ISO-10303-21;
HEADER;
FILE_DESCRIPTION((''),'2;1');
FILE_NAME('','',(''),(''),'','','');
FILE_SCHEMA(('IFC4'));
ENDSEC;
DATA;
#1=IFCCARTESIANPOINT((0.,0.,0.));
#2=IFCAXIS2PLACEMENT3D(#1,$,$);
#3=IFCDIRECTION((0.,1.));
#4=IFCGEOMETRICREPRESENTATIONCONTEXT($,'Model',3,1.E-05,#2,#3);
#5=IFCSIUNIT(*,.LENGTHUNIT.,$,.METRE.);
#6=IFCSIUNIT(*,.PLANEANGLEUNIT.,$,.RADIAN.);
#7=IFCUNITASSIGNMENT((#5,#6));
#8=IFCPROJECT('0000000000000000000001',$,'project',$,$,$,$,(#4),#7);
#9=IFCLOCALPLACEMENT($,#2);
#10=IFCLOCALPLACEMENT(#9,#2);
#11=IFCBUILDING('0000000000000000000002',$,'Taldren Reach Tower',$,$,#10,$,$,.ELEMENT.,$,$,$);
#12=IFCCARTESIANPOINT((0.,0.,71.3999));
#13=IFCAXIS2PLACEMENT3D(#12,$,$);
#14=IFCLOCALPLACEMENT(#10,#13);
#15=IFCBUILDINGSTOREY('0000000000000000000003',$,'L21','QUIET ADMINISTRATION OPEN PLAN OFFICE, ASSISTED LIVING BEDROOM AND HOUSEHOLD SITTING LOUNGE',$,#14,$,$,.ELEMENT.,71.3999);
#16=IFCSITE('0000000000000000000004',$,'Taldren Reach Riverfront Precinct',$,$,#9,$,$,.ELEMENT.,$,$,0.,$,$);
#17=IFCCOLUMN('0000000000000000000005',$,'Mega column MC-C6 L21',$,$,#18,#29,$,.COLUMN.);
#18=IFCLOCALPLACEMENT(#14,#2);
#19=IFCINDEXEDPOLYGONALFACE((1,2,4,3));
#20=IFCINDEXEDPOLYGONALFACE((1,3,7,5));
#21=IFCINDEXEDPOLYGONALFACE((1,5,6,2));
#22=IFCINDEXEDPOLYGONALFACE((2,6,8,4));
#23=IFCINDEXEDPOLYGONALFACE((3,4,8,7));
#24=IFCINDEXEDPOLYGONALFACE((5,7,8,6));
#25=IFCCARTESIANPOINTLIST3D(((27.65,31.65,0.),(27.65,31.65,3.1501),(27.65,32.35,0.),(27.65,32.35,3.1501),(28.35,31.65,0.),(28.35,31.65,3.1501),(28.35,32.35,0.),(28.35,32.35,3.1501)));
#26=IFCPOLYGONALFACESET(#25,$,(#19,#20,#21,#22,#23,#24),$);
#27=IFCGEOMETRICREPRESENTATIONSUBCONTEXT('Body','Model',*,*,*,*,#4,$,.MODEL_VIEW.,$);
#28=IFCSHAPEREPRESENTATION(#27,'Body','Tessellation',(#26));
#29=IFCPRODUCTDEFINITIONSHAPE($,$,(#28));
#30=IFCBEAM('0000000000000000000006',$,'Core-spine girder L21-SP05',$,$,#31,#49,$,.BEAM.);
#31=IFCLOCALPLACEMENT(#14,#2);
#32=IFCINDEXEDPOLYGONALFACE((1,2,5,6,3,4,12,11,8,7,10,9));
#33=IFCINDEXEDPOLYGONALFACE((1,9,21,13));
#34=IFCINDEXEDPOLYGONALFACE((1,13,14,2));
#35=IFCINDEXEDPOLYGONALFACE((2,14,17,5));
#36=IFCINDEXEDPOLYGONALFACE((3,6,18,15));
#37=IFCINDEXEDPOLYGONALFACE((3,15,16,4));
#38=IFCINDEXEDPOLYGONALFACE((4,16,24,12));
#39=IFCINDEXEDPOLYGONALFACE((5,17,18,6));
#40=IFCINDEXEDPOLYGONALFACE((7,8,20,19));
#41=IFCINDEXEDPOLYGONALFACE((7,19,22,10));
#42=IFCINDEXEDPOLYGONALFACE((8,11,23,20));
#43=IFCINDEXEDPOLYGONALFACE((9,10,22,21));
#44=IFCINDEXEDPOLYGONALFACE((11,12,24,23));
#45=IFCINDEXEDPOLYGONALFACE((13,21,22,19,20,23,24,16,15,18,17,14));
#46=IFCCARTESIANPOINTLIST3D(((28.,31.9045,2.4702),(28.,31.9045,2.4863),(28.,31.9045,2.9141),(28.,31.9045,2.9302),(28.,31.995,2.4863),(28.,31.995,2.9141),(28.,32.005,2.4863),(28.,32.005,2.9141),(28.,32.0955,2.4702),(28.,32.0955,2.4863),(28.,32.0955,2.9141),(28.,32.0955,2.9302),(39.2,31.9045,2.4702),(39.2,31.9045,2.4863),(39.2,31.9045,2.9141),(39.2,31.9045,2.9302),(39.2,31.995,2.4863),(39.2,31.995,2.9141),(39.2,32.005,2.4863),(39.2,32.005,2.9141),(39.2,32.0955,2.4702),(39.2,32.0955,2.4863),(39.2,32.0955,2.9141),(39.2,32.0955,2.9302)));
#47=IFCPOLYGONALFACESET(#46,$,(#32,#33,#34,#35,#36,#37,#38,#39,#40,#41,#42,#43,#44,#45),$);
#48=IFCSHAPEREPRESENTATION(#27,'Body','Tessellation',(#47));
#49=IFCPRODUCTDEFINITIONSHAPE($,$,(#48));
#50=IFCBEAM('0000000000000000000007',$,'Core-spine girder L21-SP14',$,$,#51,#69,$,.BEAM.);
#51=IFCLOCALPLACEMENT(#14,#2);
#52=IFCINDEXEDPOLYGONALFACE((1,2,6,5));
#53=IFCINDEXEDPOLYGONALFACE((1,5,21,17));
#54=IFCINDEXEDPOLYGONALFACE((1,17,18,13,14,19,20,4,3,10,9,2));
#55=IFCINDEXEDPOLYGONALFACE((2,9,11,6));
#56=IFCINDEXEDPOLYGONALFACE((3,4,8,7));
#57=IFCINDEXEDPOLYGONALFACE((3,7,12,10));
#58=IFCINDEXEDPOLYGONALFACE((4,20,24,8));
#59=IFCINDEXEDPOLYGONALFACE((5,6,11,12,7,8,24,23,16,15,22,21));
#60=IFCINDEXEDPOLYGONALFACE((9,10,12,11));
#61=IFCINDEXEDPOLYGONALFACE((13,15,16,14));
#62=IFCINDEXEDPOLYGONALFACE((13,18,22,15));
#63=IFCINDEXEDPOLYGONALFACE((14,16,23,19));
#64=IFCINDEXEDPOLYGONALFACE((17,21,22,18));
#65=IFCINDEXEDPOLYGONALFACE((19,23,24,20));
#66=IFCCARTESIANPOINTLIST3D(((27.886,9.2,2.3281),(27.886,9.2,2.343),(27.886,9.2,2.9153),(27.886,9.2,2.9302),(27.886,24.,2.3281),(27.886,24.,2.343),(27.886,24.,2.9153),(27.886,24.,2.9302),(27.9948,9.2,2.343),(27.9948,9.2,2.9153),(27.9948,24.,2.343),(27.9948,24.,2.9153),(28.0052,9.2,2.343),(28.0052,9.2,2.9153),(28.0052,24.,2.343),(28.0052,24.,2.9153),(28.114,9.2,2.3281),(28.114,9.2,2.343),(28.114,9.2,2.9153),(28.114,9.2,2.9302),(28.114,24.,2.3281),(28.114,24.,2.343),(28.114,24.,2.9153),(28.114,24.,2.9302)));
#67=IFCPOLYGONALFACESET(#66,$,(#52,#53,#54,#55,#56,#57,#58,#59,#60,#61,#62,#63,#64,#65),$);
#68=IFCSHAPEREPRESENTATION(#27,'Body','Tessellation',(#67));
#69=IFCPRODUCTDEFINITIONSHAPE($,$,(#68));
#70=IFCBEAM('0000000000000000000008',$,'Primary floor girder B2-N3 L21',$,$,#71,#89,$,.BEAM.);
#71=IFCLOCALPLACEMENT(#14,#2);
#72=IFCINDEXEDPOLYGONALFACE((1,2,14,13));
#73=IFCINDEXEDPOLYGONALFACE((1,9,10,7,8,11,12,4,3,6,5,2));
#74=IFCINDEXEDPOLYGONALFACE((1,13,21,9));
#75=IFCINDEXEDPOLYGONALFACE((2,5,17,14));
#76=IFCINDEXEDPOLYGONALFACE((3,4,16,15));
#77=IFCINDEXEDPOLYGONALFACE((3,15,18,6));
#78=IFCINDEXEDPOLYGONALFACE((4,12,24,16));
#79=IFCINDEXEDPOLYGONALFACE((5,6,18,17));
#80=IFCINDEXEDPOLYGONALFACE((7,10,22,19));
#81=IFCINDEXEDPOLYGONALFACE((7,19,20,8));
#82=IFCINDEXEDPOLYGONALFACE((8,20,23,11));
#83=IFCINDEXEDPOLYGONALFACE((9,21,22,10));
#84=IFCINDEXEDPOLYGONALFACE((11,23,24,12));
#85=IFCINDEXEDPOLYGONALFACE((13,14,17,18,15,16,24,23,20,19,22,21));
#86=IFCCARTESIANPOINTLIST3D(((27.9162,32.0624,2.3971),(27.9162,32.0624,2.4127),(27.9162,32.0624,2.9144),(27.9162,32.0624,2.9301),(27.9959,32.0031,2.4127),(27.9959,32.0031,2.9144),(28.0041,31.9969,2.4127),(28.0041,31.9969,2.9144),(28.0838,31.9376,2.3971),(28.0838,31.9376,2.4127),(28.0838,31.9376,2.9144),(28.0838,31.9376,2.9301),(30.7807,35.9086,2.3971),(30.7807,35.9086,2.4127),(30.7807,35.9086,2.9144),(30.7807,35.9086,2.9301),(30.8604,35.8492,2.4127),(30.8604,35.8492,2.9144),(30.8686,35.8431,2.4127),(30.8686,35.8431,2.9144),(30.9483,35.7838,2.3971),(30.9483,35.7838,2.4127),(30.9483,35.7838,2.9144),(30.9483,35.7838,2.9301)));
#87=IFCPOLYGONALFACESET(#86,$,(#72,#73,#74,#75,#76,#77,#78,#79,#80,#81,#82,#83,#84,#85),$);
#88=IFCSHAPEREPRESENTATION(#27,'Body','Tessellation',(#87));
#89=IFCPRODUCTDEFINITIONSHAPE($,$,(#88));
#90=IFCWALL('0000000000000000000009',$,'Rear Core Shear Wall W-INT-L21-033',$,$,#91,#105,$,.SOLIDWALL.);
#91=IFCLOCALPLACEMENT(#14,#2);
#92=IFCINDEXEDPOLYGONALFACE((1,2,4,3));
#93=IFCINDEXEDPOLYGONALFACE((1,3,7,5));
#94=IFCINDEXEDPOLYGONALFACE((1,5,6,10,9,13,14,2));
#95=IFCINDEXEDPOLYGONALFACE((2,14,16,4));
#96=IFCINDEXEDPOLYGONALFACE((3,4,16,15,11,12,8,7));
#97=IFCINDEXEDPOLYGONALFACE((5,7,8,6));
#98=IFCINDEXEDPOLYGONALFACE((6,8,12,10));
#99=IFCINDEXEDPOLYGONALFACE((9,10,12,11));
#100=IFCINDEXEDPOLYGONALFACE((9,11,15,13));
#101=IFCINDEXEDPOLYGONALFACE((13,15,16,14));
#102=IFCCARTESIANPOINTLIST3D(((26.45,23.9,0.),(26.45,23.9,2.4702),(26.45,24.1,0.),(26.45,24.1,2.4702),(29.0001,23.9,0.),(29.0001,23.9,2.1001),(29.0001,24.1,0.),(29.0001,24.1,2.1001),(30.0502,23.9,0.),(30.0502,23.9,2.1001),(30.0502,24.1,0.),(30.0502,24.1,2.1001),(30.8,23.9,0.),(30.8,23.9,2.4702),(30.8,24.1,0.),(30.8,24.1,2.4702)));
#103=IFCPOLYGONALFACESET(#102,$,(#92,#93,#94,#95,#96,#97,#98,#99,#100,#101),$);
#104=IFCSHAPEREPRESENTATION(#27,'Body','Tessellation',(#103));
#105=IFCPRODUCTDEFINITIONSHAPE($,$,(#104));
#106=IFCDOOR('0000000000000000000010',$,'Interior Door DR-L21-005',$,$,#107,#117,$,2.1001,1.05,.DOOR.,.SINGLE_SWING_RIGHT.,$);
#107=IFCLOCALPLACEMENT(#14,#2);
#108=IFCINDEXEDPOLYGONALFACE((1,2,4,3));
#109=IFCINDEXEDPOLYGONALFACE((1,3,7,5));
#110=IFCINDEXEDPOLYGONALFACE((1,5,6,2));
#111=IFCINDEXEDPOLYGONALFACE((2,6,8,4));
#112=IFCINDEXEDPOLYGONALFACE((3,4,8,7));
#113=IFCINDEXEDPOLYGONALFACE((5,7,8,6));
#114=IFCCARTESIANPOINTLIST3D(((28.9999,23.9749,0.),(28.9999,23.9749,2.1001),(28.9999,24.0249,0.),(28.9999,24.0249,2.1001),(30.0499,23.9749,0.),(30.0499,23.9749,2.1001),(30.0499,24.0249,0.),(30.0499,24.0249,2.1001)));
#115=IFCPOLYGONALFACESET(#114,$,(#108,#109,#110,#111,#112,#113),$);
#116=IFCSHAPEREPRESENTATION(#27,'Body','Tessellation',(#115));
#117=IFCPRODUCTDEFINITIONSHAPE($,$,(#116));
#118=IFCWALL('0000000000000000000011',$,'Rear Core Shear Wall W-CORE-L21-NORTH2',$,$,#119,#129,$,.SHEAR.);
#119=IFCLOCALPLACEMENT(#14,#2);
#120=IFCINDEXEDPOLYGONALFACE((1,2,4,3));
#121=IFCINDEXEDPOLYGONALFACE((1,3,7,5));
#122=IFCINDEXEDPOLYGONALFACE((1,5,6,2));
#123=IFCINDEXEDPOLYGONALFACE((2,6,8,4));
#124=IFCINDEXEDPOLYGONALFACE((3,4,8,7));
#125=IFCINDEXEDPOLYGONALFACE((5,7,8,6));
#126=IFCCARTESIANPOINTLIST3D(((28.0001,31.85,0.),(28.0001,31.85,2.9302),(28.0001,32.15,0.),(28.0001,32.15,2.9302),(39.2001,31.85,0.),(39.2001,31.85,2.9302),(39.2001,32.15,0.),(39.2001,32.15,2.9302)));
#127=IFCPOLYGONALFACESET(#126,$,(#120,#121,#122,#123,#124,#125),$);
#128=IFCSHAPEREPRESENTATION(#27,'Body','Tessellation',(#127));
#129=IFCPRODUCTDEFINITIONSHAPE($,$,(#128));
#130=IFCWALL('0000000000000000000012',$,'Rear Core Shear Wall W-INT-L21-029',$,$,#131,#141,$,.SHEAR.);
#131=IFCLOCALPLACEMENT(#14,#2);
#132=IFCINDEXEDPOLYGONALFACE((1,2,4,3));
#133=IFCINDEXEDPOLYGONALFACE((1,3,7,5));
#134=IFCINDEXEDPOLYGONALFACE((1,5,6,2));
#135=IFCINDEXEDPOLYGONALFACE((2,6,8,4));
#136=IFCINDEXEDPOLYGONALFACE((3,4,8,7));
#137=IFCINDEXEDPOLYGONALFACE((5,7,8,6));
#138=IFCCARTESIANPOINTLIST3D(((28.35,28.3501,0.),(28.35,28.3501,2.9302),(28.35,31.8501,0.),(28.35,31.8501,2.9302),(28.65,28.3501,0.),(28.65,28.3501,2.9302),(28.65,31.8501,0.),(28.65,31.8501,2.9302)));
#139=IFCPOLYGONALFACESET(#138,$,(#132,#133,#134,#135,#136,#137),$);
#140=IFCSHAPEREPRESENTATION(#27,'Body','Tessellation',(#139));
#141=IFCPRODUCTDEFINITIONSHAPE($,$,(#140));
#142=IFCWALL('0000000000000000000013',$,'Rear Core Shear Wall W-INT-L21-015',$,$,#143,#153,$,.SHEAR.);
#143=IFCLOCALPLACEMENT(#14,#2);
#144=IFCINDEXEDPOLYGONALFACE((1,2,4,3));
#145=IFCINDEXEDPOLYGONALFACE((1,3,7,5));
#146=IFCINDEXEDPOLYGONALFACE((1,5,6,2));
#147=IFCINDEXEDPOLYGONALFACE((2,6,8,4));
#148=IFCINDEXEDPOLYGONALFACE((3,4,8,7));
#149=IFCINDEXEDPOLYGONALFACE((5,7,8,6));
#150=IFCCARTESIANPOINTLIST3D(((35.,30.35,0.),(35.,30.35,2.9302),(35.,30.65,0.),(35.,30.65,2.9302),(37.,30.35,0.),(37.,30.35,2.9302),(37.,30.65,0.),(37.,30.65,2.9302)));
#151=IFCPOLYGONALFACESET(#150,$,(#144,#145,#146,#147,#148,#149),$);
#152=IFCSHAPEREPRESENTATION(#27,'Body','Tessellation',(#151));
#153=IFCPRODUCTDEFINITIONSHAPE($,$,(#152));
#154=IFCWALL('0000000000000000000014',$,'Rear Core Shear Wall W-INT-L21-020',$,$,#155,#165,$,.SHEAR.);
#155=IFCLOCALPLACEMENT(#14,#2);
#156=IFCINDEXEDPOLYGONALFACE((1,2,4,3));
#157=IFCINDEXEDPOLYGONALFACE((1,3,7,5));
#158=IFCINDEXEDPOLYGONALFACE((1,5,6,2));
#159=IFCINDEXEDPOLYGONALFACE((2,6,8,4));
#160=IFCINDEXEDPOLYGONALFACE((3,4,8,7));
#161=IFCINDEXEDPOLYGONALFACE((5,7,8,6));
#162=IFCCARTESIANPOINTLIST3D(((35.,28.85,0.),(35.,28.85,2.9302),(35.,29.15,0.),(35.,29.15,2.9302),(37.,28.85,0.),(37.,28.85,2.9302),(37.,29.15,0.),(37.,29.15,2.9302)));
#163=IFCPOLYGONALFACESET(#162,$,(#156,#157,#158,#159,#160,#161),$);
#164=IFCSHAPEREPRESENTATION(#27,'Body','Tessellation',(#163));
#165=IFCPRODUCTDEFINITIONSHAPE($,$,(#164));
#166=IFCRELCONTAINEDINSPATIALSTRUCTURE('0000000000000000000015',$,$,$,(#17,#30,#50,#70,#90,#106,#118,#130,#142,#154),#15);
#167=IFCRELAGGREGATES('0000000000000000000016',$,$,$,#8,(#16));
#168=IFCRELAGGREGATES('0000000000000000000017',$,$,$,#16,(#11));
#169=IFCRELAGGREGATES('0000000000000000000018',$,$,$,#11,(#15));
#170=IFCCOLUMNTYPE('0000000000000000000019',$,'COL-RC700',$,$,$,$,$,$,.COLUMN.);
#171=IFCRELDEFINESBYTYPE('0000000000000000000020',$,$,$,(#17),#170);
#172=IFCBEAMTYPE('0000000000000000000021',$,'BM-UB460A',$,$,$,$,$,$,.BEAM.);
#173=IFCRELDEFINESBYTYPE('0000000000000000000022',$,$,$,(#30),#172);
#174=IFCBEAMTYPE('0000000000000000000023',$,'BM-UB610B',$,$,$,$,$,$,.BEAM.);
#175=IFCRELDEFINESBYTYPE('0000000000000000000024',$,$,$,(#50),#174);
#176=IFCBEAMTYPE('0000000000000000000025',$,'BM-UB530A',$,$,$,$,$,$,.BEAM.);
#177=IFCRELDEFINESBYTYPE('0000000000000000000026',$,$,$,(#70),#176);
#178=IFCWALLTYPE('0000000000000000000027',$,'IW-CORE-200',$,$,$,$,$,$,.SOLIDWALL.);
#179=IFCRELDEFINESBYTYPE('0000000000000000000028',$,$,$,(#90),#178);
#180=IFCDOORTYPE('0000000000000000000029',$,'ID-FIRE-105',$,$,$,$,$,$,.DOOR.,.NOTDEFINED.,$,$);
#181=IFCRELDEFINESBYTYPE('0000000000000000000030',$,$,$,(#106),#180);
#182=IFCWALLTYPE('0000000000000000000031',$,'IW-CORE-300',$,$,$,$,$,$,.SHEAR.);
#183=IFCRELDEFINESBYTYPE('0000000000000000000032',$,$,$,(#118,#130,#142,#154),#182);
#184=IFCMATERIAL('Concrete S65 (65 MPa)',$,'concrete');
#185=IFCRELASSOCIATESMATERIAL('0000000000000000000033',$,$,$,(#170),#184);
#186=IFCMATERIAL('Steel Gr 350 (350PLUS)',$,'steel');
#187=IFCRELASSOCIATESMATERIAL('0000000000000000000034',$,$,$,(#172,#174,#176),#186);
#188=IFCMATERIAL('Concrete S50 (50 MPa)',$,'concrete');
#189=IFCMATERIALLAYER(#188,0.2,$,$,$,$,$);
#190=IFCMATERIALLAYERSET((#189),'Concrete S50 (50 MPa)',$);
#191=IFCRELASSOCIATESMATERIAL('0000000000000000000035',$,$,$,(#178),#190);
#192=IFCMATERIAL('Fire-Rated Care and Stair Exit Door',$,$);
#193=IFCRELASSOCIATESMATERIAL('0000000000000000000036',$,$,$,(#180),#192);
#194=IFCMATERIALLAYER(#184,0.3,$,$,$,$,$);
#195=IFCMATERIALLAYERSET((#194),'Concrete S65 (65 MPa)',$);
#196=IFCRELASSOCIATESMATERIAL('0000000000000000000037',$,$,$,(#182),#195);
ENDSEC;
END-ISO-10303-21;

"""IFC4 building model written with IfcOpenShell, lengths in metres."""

from ifc_helpers import new_model, si_unit, direction, frame, frame_2d, origin, origin_2d, place, context, subcontext, project, spatial, rectangle, i_section, extrude, source, transform, mapped, material, layer, layer_set, material_profile, profile_set, type_object, element, fill, save


model = new_model("IFC4")

# Units and contexts
model_context = context("Model", 3, precision=1e-05, world=origin(), true_north=direction((0.0, 1.0)))
body_context = subcontext(model_context, "Body", "Model", "MODEL_VIEW")
ifc_project = project(units=[si_unit("LENGTHUNIT", "METRE"), si_unit("PLANEANGLEUNIT", "RADIAN")], contexts=[model_context])

# Site, building, storey
site_placement = place(None, origin())
site = spatial("IfcSite", under=ifc_project, at=site_placement, Name="Taldren Reach Riverfront Precinct", CompositionType="ELEMENT", RefElevation=0.0)
building_placement = place(site_placement, origin())
building = spatial("IfcBuilding", under=site, at=building_placement, Name="Taldren Reach Tower", CompositionType="ELEMENT")
storey_placement = place(building_placement, frame((0.0, 0.0, 71.3999)))
storey = spatial("IfcBuildingStorey", under=building, at=storey_placement, Name="L21", Description="QUIET ADMINISTRATION OPEN PLAN OFFICE, ASSISTED LIVING BEDROOM AND HOUSEHOLD SITTING LOUNGE", CompositionType="ELEMENT", Elevation=71.3999)

# Column
ifc_material_1 = material(Name="Concrete S65 (65 MPa)", Category="concrete")
ifc_material_profile_1 = material_profile(ifc_material_1, rectangle(XDim=0.7, YDim=0.7, at=origin_2d()), Name="RC-700x700")
ifc_profile_set_1 = profile_set([ifc_material_profile_1], Name="Concrete S65 (65 MPa)")
column_type = type_object("IfcColumnType", Name="COL-RC700", PredefinedType="COLUMN", material=ifc_profile_set_1)
shared_shape_1 = source(origin(), body_context, "Body", "SweptSolid", [
    extrude(rectangle(XDim=0.7, YDim=0.7, at=origin_2d()), origin(), (0.0, 0.0, 1.0), 3.1501),
])
column_placement = place(storey_placement, frame((28.0, 32.0, 0.0), z_axis=(0.0, 0.0, 1.0), x_axis=(1.0, 0.0, 0.0)))
element("IfcColumn", 1, at=column_placement, inside=storey, type_object=column_type, Name="Mega column MC-C6 L21", PredefinedType="COLUMN", context=body_context, shape_type="MappedRepresentation", body=[
    mapped(shared_shape_1, transform((0.0, 0.0, 0.0), scale=1.0)),
])

# Beams
ifc_material_2 = material(Name="Steel Gr 350 (350PLUS)", Category="steel")
ifc_material_profile_2 = material_profile(ifc_material_2, i_section(OverallWidth=0.1909, OverallDepth=0.46, WebThickness=0.01, FlangeThickness=0.0161, at=origin_2d()), Name="460UB82.1")
ifc_profile_set_2 = profile_set([ifc_material_profile_2], Name="Steel Gr 350 (350PLUS)")
beam_type_1 = type_object("IfcBeamType", Name="BM-UB460A", PredefinedType="BEAM", material=ifc_profile_set_2)
shared_shape_2 = source(origin(), body_context, "Body", "SweptSolid", [
    extrude(i_section(OverallWidth=0.1909, OverallDepth=0.46, WebThickness=0.01, FlangeThickness=0.0161, at=origin_2d()), origin(), (0.0, 0.0, 1.0), 11.2),
])
beam_1_placement = place(storey_placement, frame((28.0, 32.0, 2.7002), z_axis=(1.0, 0.0, 0.0), x_axis=(0.0, 1.0, 0.0)))
element("IfcBeam", 2, at=beam_1_placement, inside=storey, type_object=beam_type_1, Name="Core-spine girder L21-SP05", PredefinedType="BEAM", context=body_context, shape_type="MappedRepresentation", body=[
    mapped(shared_shape_2, transform((0.0, 0.0, 0.0), scale=1.0)),
])
ifc_material_profile_3 = material_profile(ifc_material_2, i_section(OverallWidth=0.228, OverallDepth=0.6021, WebThickness=0.0105, FlangeThickness=0.0149, at=origin_2d()), Name="610UB101")
ifc_profile_set_3 = profile_set([ifc_material_profile_3], Name="Steel Gr 350 (350PLUS)")
beam_type_2 = type_object("IfcBeamType", Name="BM-UB610B", PredefinedType="BEAM", material=ifc_profile_set_3)
shared_shape_3 = source(origin(), body_context, "Body", "SweptSolid", [
    extrude(i_section(OverallWidth=0.228, OverallDepth=0.6021, WebThickness=0.0105, FlangeThickness=0.0149, at=origin_2d()), origin(), (0.0, 0.0, 1.0), 14.8),
])
beam_2_placement = place(storey_placement, frame((28.0, 24.0, 2.6292), z_axis=(0.0, -1.0, 0.0), x_axis=(1.0, 0.0, 0.0)))
element("IfcBeam", 3, at=beam_2_placement, inside=storey, type_object=beam_type_2, Name="Core-spine girder L21-SP14", PredefinedType="BEAM", context=body_context, shape_type="MappedRepresentation", body=[
    mapped(shared_shape_3, transform((0.0, 0.0, 0.0), scale=1.0)),
])
ifc_material_profile_4 = material_profile(ifc_material_2, i_section(OverallWidth=0.209, OverallDepth=0.533, WebThickness=0.0103, FlangeThickness=0.0156, at=origin_2d()), Name="530UB92.4")
ifc_profile_set_4 = profile_set([ifc_material_profile_4], Name="Steel Gr 350 (350PLUS)")
beam_type_3 = type_object("IfcBeamType", Name="BM-UB530A", PredefinedType="BEAM", material=ifc_profile_set_4)
shared_shape_4 = source(origin(), body_context, "Body", "SweptSolid", [
    extrude(i_section(OverallWidth=0.209, OverallDepth=0.533, WebThickness=0.0103, FlangeThickness=0.0156, at=origin_2d()), origin(), (0.0, 0.0, 1.0), 4.7957),
])
beam_3_placement = place(storey_placement, frame((28.0, 32.0, 2.6636), z_axis=(0.597309, 0.802011, 0.0), x_axis=(-0.802011, 0.597309, 0.0)))
element("IfcBeam", 4, at=beam_3_placement, inside=storey, type_object=beam_type_3, Name="Primary floor girder B2-N3 L21", PredefinedType="BEAM", context=body_context, shape_type="MappedRepresentation", body=[
    mapped(shared_shape_4, transform((0.0, 0.0, 0.0), scale=1.0)),
])

# Wall, opening, door
ifc_material_3 = material(Name="Concrete S50 (50 MPa)", Category="concrete")
ifc_layer_1 = layer(ifc_material_3, 0.2)
ifc_layer_set_1 = layer_set([ifc_layer_1], Name="Concrete S50 (50 MPa)")
wall_type_1 = type_object("IfcWallType", Name="IW-CORE-200", PredefinedType="SOLIDWALL", material=ifc_layer_set_1)
shared_shape_5 = source(origin(), body_context, "Body", "SweptSolid", [
    extrude(rectangle(XDim=4.3501, YDim=0.2, at=frame_2d((2.175, 0.0))), origin(), (0.0, 0.0, 1.0), 2.4702),
])
wall_1_placement = place(storey_placement, frame((30.8, 24.0, 0.0), z_axis=(0.0, 0.0, 1.0), x_axis=(-1.0, 0.0, 0.0)))
wall_1 = element("IfcWall", 5, at=wall_1_placement, inside=storey, type_object=wall_type_1, Name="Rear Core Shear Wall W-INT-L21-033", PredefinedType="SOLIDWALL", context=body_context, shape_type="MappedRepresentation", body=[
    mapped(shared_shape_5, transform((0.0, 0.0, 0.0), scale=1.0)),
])
shared_shape_6 = source(origin(), body_context, "Body", "SweptSolid", [
    extrude(rectangle(XDim=1.05, YDim=2.1001, at=frame_2d((0.5249, 1.05))), frame((0.0, 0.1099, 0.0), z_axis=(0.0, -1.0, 0.0), x_axis=(1.0, 0.0, 0.0)), (0.0, 0.0, 1.0), 0.22),
])
opening_1_placement = place(wall_1_placement, frame((0.75, 0.0, 0.0)))
opening_1 = element("IfcOpeningElement", 6, at=opening_1_placement, cuts=wall_1, PredefinedType="OPENING", context=body_context, shape_type="MappedRepresentation", body=[
    mapped(shared_shape_6, transform((0.0, 0.0, 0.0), scale=1.0)),
])
ifc_material_4 = material(Name="Fire-Rated Care and Stair Exit Door")
door_type_1 = type_object("IfcDoorType", Name="ID-FIRE-105", OperationType="NOTDEFINED", PredefinedType="DOOR", material=ifc_material_4)
shared_shape_7 = source(origin(), body_context, "Body", "SweptSolid", [
    extrude(rectangle(XDim=1.05, YDim=2.1001, at=frame_2d((0.5249, 1.05))), frame((0.0, 0.0249, 0.0), z_axis=(0.0, -1.0, 0.0), x_axis=(1.0, 0.0, 0.0)), (0.0, 0.0, 1.0), 0.05),
])
door_1_placement = place(opening_1_placement, frame((1.05, 0.0, 0.0), z_axis=(0.0, 0.0, 1.0), x_axis=(-1.0, 0.0, 0.0)))
door_1 = element("IfcDoor", 7, at=door_1_placement, inside=storey, type_object=door_type_1, Name="Interior Door DR-L21-005", OperationType="SINGLE_SWING_RIGHT", OverallHeight=2.1001, OverallWidth=1.05, PredefinedType="DOOR", context=body_context, shape_type="MappedRepresentation", body=[
    mapped(shared_shape_7, transform((0.0, 0.0, 0.0), scale=1.0)),
])
fill(opening_1, door_1)

# Walls
ifc_layer_2 = layer(ifc_material_1, 0.3)
ifc_layer_set_2 = layer_set([ifc_layer_2], Name="Concrete S65 (65 MPa)")
wall_type_2 = type_object("IfcWallType", Name="IW-CORE-300", PredefinedType="SHEAR", material=ifc_layer_set_2)
shared_shape_8 = source(origin(), body_context, "Body", "SweptSolid", [
    extrude(rectangle(XDim=11.2, YDim=0.3, at=frame_2d((5.6001, 0.0))), origin(), (0.0, 0.0, 1.0), 2.9302),
])
wall_2_placement = place(storey_placement, frame((28.0, 32.0, 0.0), z_axis=(0.0, 0.0, 1.0), x_axis=(1.0, 0.0, 0.0)))
element("IfcWall", 8, at=wall_2_placement, inside=storey, type_object=wall_type_2, Name="Rear Core Shear Wall W-CORE-L21-NORTH2", PredefinedType="SHEAR", context=body_context, shape_type="MappedRepresentation", body=[
    mapped(shared_shape_8, transform((0.0, 0.0, 0.0), scale=1.0)),
])
shared_shape_9 = source(origin(), body_context, "Body", "SweptSolid", [
    extrude(rectangle(XDim=3.5, YDim=0.3, at=frame_2d((1.75, 0.0))), origin(), (0.0, 0.0, 1.0), 2.9302),
])
wall_3_placement = place(storey_placement, frame((28.5, 28.3501, 0.0), z_axis=(0.0, 0.0, 1.0), x_axis=(0.0, 1.0, 0.0)))
element("IfcWall", 9, at=wall_3_placement, inside=storey, type_object=wall_type_2, Name="Rear Core Shear Wall W-INT-L21-029", PredefinedType="SHEAR", context=body_context, shape_type="MappedRepresentation", body=[
    mapped(shared_shape_9, transform((0.0, 0.0, 0.0), scale=1.0)),
])
shared_shape_10 = source(origin(), body_context, "Body", "SweptSolid", [
    extrude(rectangle(XDim=2.0, YDim=0.3, at=frame_2d((1.0, 0.0))), origin(), (0.0, 0.0, 1.0), 2.9302),
])
for number, where, z_axis, x_axis, name in (
    (10, (35.0, 30.5, 0.0), (0.0, 0.0, 1.0), (1.0, 0.0, 0.0), "Rear Core Shear Wall W-INT-L21-015"),
    (11, (35.0, 29.0, 0.0), (0.0, 0.0, 1.0), (1.0, 0.0, 0.0), "Rear Core Shear Wall W-INT-L21-020"),
):
    element("IfcWall", number, at=place(storey_placement, frame(where, z_axis=z_axis, x_axis=x_axis)), inside=storey, type_object=wall_type_2, Name=name, PredefinedType="SHEAR", context=body_context, shape_type="MappedRepresentation", body=[
        mapped(shared_shape_10, transform((0.0, 0.0, 0.0), scale=1.0)),
    ])

save(model, "model.ifc")
